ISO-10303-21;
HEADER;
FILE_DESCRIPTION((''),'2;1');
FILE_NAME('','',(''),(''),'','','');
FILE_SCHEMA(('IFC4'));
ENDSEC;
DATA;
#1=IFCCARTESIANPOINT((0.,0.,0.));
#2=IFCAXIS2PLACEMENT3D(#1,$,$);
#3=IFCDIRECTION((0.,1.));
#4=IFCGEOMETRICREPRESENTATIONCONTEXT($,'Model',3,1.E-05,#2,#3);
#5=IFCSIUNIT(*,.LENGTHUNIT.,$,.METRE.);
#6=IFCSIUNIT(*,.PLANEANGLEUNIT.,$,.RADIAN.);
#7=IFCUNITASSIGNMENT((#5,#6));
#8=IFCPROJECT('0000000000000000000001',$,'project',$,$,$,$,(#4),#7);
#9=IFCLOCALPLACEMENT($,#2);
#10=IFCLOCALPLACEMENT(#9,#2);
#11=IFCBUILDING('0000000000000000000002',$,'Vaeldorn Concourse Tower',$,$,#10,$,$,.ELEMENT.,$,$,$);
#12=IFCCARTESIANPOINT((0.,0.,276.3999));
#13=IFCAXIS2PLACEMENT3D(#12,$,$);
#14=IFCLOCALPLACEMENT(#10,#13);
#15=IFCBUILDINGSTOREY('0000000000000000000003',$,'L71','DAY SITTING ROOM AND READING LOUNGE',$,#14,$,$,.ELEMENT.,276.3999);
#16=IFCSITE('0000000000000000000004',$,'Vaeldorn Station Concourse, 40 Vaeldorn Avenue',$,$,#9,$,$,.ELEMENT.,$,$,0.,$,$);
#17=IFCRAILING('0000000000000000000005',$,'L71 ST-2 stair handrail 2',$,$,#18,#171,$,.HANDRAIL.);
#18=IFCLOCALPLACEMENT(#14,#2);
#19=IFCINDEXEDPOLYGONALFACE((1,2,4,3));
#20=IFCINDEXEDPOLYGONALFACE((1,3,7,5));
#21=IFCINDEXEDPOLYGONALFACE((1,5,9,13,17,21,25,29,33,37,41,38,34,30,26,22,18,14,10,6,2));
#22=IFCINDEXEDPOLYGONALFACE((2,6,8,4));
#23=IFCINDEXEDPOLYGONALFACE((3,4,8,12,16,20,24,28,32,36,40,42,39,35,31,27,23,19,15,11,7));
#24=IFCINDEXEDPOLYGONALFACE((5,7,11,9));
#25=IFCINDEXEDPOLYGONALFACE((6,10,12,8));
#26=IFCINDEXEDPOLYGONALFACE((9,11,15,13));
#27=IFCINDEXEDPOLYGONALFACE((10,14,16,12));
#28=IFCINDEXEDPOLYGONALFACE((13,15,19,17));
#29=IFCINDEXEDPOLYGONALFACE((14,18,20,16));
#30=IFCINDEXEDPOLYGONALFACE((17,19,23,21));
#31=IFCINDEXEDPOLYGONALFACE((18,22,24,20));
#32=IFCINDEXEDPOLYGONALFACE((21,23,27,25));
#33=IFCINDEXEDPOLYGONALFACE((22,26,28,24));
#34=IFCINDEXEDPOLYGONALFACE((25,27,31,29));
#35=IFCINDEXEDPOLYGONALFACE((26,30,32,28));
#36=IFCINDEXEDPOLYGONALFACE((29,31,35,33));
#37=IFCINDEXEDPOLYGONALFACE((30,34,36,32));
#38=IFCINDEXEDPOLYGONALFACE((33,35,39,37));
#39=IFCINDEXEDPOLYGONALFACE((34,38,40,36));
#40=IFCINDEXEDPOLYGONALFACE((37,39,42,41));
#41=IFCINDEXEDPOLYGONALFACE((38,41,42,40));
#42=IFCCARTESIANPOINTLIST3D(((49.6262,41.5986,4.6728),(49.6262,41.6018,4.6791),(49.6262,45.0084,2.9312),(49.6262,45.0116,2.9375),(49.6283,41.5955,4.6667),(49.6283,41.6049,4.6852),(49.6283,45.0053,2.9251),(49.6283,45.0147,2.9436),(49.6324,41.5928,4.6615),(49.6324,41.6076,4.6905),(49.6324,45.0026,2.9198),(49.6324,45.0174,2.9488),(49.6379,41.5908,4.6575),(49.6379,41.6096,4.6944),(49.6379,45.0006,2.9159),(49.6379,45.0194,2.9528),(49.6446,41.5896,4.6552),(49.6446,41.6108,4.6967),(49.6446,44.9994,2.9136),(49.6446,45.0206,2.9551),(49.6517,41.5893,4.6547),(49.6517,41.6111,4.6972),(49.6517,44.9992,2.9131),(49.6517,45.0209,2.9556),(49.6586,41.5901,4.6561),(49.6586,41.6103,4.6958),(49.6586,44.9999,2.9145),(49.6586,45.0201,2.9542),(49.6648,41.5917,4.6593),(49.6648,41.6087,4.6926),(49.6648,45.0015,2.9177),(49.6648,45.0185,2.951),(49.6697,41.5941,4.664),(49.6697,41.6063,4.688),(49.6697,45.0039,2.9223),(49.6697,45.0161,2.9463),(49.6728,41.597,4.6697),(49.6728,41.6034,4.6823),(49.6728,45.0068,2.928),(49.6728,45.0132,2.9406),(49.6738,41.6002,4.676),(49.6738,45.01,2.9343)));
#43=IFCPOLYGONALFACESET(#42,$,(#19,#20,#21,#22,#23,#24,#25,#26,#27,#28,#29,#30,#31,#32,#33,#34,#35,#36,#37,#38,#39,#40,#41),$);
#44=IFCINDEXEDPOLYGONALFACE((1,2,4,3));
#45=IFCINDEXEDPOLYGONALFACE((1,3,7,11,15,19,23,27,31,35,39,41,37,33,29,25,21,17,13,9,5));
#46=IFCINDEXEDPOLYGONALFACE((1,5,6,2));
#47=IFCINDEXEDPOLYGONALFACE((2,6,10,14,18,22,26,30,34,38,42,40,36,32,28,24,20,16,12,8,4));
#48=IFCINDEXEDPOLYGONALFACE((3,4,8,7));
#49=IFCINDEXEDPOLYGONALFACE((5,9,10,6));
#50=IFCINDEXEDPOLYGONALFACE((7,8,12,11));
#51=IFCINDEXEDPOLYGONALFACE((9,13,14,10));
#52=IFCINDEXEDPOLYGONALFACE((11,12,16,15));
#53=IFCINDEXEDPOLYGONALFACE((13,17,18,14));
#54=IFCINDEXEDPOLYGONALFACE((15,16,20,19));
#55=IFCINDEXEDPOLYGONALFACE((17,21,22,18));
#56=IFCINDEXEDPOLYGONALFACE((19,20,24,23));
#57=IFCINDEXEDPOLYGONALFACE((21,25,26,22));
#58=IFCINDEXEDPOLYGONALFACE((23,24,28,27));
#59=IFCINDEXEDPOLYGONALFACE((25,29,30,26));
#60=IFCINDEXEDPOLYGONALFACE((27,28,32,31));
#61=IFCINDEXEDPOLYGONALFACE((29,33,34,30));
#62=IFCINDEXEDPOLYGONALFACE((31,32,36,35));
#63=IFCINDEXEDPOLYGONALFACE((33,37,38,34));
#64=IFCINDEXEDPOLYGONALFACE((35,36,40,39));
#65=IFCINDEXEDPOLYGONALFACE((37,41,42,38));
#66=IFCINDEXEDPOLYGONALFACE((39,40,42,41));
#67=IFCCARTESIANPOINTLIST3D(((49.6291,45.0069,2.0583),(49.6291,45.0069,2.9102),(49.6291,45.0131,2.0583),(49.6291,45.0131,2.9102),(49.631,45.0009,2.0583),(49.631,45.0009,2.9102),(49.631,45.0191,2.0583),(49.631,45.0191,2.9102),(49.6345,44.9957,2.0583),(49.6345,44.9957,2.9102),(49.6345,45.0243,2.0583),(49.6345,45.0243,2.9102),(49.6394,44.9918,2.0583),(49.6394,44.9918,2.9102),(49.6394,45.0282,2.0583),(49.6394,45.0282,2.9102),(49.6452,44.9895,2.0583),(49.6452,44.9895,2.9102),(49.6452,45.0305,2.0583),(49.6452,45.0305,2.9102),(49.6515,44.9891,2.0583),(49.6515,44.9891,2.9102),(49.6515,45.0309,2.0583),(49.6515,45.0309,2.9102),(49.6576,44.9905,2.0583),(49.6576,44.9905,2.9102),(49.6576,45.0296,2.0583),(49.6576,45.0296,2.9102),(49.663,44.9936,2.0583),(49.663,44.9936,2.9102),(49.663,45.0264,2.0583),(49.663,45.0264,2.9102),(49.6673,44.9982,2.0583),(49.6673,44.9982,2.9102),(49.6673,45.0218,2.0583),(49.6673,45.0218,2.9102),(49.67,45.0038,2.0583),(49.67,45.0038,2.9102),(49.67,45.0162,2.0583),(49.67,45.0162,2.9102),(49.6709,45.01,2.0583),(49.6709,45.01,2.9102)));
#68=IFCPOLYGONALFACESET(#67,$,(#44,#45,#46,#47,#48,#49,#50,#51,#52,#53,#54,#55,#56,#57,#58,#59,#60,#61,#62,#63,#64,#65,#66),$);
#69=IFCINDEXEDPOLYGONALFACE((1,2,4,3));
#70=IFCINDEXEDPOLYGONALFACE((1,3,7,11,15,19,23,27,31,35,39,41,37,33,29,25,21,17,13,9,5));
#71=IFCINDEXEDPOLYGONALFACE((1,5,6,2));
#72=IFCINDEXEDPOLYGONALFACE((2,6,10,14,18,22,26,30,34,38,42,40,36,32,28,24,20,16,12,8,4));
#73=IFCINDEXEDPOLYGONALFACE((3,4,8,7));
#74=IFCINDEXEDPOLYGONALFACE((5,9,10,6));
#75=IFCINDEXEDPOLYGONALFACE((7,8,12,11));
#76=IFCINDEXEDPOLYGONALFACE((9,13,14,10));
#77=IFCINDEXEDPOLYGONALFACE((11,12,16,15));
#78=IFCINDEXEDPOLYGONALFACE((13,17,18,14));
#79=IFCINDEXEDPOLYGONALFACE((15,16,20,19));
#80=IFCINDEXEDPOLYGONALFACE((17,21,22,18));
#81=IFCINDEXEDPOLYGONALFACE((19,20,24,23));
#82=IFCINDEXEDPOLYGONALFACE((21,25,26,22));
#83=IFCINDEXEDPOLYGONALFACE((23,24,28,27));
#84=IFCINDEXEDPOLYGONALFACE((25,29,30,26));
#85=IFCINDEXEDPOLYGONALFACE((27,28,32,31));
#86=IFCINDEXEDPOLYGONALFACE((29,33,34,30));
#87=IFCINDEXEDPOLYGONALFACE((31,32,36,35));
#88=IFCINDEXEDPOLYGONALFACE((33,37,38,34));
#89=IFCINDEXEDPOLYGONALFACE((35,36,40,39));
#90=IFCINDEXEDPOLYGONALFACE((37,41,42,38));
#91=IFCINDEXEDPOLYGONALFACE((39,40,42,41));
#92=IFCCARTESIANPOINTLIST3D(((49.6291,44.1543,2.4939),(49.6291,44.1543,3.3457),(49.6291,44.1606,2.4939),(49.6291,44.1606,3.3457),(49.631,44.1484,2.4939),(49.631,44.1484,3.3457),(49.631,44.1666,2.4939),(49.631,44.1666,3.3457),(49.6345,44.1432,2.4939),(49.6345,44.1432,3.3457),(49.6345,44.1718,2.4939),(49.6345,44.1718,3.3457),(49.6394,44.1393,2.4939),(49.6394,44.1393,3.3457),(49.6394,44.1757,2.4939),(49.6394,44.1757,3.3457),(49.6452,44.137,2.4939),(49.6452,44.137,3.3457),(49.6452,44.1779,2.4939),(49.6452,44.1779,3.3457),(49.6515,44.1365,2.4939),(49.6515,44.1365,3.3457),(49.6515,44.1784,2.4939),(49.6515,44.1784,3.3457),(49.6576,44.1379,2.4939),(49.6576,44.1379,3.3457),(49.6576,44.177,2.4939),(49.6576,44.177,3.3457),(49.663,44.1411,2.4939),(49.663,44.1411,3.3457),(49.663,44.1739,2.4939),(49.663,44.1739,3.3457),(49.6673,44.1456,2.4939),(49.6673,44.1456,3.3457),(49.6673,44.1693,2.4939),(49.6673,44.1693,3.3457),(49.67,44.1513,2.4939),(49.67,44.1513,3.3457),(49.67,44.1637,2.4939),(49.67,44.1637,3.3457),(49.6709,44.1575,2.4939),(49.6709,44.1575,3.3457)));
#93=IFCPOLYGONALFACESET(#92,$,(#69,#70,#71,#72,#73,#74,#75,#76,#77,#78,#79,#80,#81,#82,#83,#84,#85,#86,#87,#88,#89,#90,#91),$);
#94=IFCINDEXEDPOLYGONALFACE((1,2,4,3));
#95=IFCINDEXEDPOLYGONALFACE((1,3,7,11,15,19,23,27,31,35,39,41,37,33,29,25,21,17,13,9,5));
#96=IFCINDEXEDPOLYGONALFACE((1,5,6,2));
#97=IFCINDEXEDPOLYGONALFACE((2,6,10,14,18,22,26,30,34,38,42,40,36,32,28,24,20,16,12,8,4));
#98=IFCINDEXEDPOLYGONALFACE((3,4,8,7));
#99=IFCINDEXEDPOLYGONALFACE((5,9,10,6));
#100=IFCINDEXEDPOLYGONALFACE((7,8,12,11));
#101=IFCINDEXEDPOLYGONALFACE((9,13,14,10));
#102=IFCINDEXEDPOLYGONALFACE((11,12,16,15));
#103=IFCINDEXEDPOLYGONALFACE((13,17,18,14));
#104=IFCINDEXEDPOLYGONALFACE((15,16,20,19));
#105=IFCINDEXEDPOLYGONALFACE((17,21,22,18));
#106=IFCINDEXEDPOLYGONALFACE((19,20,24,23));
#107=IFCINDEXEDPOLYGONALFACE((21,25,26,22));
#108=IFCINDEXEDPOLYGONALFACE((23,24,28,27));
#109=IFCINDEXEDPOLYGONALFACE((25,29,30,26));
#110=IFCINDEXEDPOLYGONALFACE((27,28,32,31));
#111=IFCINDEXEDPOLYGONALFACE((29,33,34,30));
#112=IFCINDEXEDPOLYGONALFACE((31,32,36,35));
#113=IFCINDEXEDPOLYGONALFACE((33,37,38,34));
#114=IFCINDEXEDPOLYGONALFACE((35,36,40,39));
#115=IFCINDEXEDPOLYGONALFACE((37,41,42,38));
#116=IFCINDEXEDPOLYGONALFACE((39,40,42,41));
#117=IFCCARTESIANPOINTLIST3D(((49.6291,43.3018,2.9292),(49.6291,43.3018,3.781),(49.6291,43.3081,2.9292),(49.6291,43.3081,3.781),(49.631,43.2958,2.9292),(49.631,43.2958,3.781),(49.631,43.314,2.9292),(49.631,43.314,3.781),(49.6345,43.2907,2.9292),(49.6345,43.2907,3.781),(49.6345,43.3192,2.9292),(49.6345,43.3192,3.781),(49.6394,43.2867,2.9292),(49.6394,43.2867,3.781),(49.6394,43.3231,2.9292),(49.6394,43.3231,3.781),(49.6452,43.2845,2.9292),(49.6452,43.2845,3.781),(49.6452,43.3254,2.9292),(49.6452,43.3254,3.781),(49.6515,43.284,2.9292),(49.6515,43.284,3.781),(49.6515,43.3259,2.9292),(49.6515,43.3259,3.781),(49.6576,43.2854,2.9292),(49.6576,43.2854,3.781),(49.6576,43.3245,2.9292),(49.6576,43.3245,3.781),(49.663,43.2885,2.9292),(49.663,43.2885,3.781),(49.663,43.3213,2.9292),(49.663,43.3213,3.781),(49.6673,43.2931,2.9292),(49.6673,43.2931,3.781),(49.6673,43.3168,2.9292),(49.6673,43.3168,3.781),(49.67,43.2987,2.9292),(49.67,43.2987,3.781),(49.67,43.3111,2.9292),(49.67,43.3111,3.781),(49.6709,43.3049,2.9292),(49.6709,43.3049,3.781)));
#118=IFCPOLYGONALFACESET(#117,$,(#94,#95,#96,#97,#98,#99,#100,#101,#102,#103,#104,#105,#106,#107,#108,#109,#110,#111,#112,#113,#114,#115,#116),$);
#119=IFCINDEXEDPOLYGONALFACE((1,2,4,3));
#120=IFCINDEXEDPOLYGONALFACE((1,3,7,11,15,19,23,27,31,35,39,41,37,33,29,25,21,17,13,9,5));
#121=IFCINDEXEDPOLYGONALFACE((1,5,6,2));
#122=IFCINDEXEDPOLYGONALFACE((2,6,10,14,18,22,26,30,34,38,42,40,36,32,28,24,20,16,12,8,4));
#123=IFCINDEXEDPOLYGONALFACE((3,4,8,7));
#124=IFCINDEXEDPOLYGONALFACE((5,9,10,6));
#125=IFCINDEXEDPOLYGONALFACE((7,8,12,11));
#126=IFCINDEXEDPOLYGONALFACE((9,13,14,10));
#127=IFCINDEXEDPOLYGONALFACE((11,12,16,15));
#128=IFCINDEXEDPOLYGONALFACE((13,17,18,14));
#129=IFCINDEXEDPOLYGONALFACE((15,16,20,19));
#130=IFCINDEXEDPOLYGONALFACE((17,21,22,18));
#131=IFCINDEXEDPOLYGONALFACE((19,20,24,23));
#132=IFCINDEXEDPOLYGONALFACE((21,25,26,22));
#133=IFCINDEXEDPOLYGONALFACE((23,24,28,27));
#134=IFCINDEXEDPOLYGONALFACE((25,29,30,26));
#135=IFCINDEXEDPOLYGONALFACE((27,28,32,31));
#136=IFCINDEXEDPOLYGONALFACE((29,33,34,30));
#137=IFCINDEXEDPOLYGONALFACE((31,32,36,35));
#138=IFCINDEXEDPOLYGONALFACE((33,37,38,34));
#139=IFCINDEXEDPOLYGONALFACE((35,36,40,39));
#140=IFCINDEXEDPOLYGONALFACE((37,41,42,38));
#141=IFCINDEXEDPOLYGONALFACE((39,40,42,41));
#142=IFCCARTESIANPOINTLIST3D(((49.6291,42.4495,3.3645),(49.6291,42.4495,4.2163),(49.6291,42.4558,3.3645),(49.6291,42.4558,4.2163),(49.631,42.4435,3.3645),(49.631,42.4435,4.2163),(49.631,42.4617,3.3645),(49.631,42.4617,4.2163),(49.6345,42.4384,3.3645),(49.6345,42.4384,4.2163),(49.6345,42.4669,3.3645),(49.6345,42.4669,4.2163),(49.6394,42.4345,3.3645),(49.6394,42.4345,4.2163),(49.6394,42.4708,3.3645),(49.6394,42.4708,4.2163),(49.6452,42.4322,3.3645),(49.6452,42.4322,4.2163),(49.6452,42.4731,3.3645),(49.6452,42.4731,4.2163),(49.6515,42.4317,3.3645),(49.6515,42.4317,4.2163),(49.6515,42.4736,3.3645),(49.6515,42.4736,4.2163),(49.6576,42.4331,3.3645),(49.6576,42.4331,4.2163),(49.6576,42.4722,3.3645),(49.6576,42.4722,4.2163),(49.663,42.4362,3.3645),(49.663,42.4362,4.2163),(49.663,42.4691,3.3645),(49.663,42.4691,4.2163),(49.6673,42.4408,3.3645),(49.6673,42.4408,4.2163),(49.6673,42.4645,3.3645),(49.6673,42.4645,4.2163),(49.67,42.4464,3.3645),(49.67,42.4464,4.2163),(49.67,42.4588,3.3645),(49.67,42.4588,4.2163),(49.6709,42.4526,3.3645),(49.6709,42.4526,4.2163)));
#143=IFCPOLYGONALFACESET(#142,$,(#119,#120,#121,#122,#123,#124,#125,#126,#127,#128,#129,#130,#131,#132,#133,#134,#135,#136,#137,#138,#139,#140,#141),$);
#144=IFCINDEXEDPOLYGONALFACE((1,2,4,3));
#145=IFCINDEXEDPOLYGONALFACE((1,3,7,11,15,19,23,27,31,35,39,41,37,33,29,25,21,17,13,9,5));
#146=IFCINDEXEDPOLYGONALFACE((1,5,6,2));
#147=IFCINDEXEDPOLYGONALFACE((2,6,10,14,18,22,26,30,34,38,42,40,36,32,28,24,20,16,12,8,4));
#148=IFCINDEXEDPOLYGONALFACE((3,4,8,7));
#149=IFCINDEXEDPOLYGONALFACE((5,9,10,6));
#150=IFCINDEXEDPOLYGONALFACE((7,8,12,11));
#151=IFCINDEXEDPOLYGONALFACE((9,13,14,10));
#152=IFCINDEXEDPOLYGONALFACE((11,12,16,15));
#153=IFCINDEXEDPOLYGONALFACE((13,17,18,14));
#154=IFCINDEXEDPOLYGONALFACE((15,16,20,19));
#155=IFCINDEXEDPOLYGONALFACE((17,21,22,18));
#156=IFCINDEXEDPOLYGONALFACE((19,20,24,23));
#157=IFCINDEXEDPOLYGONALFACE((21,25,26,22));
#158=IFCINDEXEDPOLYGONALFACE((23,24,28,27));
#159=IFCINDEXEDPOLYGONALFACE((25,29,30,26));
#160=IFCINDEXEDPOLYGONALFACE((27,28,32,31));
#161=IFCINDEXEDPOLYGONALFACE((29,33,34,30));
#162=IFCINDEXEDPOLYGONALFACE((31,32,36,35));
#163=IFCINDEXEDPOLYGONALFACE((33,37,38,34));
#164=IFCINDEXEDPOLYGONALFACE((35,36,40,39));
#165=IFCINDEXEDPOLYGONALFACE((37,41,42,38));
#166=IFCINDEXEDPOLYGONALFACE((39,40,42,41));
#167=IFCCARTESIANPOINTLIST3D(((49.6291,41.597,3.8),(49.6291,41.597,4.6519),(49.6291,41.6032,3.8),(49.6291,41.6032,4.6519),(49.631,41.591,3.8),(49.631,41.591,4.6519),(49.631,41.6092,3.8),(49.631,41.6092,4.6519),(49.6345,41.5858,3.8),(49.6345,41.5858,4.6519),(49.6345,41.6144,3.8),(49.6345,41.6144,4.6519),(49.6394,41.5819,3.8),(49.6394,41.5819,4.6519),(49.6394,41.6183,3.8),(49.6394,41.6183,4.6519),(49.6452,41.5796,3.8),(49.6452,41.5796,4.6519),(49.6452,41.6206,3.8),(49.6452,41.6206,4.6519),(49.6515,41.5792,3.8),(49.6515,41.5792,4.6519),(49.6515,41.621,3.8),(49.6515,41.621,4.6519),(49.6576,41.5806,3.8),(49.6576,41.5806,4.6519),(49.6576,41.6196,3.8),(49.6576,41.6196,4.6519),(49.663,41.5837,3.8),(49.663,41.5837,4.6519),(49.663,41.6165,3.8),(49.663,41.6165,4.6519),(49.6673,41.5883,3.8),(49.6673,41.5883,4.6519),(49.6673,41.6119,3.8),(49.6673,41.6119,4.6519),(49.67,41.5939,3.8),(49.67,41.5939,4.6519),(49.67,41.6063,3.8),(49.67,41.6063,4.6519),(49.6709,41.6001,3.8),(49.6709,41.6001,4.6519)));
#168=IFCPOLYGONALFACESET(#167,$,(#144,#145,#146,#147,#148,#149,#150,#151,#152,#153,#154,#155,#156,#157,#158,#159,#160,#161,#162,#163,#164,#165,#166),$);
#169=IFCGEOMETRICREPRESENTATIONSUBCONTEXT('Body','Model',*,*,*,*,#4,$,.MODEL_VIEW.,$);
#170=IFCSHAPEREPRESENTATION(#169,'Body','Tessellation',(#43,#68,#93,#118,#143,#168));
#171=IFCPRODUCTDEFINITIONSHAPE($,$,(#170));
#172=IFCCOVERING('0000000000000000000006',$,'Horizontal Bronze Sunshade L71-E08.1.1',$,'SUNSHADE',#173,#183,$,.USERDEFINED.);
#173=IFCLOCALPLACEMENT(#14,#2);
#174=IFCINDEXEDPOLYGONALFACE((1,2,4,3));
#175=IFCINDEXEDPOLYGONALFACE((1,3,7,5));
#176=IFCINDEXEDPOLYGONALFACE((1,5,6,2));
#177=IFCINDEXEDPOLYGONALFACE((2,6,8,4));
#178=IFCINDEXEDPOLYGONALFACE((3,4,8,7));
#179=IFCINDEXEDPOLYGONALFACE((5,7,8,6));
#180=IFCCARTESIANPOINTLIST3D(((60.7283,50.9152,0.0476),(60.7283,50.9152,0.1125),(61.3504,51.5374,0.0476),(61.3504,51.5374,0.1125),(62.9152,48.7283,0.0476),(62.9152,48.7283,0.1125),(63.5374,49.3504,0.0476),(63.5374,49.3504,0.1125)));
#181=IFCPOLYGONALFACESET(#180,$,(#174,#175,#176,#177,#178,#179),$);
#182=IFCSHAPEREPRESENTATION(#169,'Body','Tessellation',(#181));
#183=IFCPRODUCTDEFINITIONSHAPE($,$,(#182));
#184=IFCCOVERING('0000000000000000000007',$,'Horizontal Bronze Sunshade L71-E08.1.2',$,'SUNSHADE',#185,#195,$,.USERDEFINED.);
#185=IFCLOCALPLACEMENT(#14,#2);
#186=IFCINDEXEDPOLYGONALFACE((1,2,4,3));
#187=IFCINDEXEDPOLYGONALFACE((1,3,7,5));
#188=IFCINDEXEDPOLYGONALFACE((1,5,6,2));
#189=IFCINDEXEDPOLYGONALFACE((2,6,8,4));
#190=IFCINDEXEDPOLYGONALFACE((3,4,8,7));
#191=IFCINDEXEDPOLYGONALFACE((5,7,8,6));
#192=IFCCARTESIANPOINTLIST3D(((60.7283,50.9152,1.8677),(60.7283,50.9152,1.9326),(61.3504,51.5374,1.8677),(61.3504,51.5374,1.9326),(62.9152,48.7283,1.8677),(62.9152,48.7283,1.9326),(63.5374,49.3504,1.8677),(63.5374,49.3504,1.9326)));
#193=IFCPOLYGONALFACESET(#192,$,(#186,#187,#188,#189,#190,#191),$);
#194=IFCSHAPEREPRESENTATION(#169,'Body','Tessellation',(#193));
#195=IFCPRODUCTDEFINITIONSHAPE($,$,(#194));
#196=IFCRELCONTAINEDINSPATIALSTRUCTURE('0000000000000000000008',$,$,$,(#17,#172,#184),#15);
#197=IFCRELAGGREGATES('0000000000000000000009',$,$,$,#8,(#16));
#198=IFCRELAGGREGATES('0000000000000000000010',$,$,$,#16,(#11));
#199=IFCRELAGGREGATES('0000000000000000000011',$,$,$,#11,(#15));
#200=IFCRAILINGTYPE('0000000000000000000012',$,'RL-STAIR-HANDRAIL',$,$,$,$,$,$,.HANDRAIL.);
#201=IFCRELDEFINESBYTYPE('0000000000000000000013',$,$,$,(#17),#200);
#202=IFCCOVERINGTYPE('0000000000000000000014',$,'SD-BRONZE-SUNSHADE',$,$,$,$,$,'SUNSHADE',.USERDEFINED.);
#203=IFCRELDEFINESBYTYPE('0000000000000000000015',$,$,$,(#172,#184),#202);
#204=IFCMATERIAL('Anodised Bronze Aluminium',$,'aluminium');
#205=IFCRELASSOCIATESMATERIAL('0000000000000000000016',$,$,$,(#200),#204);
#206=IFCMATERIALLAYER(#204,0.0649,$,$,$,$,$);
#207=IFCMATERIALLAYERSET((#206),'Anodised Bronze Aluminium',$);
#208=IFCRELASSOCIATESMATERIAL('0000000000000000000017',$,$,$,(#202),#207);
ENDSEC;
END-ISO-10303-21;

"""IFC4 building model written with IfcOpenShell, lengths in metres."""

from ifc_helpers import new_model, si_unit, direction, frame, origin, origin_2d, place, context, subcontext, project, spatial, rectangle, circle, extrude, source, transform, mapped, material, layer, layer_set, type_object, element, save


model = new_model("IFC4")

# Units and contexts
model_context = context("Model", 3, precision=1e-05, world=origin(), true_north=direction((0.0, 1.0)))
body_context = subcontext(model_context, "Body", "Model", "MODEL_VIEW")
ifc_project = project(units=[si_unit("LENGTHUNIT", "METRE"), si_unit("PLANEANGLEUNIT", "RADIAN")], contexts=[model_context])

# Site, building, storey
site_placement = place(None, origin())
site = spatial("IfcSite", under=ifc_project, at=site_placement, Name="Vaeldorn Station Concourse, 40 Vaeldorn Avenue", CompositionType="ELEMENT", RefElevation=0.0)
building_placement = place(site_placement, origin())
building = spatial("IfcBuilding", under=site, at=building_placement, Name="Vaeldorn Concourse Tower", CompositionType="ELEMENT")
storey_placement = place(building_placement, frame((0.0, 0.0, 276.3999)))
storey = spatial("IfcBuildingStorey", under=building, at=storey_placement, Name="L71", Description="DAY SITTING ROOM AND READING LOUNGE", CompositionType="ELEMENT", Elevation=276.3999)

# Shared definitions
ifc_material_1 = material(Name="Anodised Bronze Aluminium", Category="aluminium")

# Railing
railing_type_1 = type_object("IfcRailingType", Name="RL-STAIR-HANDRAIL", PredefinedType="HANDRAIL", material=ifc_material_1)
railing_1_placement = place(storey_placement, frame((49.6499, 45.01, 2.0583)))
element("IfcRailing", 1, at=railing_1_placement, inside=storey, type_object=railing_type_1, Name="L71 ST-2 stair handrail 2", PredefinedType="HANDRAIL", context=body_context, shape_type="SweptSolid", body=[
    extrude(circle(Radius=0.0239, at=origin_2d()), frame((0.0, 0.0, 0.876), z_axis=(0.0, -0.890556, 0.454874), x_axis=(1.0, 0.0, 0.0)), (0.0, 0.0, 1.0), 3.8289),
    extrude(circle(Radius=0.021, at=origin_2d()), origin(), (0.0, 0.0, 1.0), 0.8518),
    extrude(circle(Radius=0.021, at=origin_2d()), frame((0.0, -0.8525, 0.4355)), (0.0, 0.0, 1.0), 0.8518),
    extrude(circle(Radius=0.021, at=origin_2d()), frame((0.0, -1.7051, 0.8708)), (0.0, 0.0, 1.0), 0.8518),
    extrude(circle(Radius=0.021, at=origin_2d()), frame((0.0, -2.5574, 1.3062)), (0.0, 0.0, 1.0), 0.8518),
    extrude(circle(Radius=0.021, at=origin_2d()), frame((0.0, -3.4099, 1.7417)), (0.0, 0.0, 1.0), 0.8518),
])

# Coverings
ifc_layer_1 = layer(ifc_material_1, 0.0649)
ifc_layer_set_1 = layer_set([ifc_layer_1], Name="Anodised Bronze Aluminium")
covering_type = type_object("IfcCoveringType", Name="SD-BRONZE-SUNSHADE", ElementType="SUNSHADE", PredefinedType="USERDEFINED", material=ifc_layer_set_1)
shared_shape_1 = source(origin(), body_context, "Body", "SweptSolid", [
    extrude(rectangle(XDim=3.0928, YDim=0.8799, at=origin_2d()), origin(), (0.0, 0.0, 1.0), 0.0649),
])
for number, where, z_axis, x_axis, name in (
    (2, (62.1328, 50.1328, 0.0476), (0.0, 0.0, 1.0), (-0.707107, 0.707107, 0.0), "Horizontal Bronze Sunshade L71-E08.1.1"),
    (3, (62.1328, 50.1328, 1.8677), (0.0, 0.0, 1.0), (-0.707107, 0.707107, 0.0), "Horizontal Bronze Sunshade L71-E08.1.2"),
):
    element("IfcCovering", number, at=place(storey_placement, frame(where, z_axis=z_axis, x_axis=x_axis)), inside=storey, type_object=covering_type, Name=name, ObjectType="SUNSHADE", PredefinedType="USERDEFINED", context=body_context, shape_type="MappedRepresentation", body=[
        mapped(shared_shape_1, transform((0.0, 0.0, 0.0), scale=1.0)),
    ])

save(model, "model.ifc")
